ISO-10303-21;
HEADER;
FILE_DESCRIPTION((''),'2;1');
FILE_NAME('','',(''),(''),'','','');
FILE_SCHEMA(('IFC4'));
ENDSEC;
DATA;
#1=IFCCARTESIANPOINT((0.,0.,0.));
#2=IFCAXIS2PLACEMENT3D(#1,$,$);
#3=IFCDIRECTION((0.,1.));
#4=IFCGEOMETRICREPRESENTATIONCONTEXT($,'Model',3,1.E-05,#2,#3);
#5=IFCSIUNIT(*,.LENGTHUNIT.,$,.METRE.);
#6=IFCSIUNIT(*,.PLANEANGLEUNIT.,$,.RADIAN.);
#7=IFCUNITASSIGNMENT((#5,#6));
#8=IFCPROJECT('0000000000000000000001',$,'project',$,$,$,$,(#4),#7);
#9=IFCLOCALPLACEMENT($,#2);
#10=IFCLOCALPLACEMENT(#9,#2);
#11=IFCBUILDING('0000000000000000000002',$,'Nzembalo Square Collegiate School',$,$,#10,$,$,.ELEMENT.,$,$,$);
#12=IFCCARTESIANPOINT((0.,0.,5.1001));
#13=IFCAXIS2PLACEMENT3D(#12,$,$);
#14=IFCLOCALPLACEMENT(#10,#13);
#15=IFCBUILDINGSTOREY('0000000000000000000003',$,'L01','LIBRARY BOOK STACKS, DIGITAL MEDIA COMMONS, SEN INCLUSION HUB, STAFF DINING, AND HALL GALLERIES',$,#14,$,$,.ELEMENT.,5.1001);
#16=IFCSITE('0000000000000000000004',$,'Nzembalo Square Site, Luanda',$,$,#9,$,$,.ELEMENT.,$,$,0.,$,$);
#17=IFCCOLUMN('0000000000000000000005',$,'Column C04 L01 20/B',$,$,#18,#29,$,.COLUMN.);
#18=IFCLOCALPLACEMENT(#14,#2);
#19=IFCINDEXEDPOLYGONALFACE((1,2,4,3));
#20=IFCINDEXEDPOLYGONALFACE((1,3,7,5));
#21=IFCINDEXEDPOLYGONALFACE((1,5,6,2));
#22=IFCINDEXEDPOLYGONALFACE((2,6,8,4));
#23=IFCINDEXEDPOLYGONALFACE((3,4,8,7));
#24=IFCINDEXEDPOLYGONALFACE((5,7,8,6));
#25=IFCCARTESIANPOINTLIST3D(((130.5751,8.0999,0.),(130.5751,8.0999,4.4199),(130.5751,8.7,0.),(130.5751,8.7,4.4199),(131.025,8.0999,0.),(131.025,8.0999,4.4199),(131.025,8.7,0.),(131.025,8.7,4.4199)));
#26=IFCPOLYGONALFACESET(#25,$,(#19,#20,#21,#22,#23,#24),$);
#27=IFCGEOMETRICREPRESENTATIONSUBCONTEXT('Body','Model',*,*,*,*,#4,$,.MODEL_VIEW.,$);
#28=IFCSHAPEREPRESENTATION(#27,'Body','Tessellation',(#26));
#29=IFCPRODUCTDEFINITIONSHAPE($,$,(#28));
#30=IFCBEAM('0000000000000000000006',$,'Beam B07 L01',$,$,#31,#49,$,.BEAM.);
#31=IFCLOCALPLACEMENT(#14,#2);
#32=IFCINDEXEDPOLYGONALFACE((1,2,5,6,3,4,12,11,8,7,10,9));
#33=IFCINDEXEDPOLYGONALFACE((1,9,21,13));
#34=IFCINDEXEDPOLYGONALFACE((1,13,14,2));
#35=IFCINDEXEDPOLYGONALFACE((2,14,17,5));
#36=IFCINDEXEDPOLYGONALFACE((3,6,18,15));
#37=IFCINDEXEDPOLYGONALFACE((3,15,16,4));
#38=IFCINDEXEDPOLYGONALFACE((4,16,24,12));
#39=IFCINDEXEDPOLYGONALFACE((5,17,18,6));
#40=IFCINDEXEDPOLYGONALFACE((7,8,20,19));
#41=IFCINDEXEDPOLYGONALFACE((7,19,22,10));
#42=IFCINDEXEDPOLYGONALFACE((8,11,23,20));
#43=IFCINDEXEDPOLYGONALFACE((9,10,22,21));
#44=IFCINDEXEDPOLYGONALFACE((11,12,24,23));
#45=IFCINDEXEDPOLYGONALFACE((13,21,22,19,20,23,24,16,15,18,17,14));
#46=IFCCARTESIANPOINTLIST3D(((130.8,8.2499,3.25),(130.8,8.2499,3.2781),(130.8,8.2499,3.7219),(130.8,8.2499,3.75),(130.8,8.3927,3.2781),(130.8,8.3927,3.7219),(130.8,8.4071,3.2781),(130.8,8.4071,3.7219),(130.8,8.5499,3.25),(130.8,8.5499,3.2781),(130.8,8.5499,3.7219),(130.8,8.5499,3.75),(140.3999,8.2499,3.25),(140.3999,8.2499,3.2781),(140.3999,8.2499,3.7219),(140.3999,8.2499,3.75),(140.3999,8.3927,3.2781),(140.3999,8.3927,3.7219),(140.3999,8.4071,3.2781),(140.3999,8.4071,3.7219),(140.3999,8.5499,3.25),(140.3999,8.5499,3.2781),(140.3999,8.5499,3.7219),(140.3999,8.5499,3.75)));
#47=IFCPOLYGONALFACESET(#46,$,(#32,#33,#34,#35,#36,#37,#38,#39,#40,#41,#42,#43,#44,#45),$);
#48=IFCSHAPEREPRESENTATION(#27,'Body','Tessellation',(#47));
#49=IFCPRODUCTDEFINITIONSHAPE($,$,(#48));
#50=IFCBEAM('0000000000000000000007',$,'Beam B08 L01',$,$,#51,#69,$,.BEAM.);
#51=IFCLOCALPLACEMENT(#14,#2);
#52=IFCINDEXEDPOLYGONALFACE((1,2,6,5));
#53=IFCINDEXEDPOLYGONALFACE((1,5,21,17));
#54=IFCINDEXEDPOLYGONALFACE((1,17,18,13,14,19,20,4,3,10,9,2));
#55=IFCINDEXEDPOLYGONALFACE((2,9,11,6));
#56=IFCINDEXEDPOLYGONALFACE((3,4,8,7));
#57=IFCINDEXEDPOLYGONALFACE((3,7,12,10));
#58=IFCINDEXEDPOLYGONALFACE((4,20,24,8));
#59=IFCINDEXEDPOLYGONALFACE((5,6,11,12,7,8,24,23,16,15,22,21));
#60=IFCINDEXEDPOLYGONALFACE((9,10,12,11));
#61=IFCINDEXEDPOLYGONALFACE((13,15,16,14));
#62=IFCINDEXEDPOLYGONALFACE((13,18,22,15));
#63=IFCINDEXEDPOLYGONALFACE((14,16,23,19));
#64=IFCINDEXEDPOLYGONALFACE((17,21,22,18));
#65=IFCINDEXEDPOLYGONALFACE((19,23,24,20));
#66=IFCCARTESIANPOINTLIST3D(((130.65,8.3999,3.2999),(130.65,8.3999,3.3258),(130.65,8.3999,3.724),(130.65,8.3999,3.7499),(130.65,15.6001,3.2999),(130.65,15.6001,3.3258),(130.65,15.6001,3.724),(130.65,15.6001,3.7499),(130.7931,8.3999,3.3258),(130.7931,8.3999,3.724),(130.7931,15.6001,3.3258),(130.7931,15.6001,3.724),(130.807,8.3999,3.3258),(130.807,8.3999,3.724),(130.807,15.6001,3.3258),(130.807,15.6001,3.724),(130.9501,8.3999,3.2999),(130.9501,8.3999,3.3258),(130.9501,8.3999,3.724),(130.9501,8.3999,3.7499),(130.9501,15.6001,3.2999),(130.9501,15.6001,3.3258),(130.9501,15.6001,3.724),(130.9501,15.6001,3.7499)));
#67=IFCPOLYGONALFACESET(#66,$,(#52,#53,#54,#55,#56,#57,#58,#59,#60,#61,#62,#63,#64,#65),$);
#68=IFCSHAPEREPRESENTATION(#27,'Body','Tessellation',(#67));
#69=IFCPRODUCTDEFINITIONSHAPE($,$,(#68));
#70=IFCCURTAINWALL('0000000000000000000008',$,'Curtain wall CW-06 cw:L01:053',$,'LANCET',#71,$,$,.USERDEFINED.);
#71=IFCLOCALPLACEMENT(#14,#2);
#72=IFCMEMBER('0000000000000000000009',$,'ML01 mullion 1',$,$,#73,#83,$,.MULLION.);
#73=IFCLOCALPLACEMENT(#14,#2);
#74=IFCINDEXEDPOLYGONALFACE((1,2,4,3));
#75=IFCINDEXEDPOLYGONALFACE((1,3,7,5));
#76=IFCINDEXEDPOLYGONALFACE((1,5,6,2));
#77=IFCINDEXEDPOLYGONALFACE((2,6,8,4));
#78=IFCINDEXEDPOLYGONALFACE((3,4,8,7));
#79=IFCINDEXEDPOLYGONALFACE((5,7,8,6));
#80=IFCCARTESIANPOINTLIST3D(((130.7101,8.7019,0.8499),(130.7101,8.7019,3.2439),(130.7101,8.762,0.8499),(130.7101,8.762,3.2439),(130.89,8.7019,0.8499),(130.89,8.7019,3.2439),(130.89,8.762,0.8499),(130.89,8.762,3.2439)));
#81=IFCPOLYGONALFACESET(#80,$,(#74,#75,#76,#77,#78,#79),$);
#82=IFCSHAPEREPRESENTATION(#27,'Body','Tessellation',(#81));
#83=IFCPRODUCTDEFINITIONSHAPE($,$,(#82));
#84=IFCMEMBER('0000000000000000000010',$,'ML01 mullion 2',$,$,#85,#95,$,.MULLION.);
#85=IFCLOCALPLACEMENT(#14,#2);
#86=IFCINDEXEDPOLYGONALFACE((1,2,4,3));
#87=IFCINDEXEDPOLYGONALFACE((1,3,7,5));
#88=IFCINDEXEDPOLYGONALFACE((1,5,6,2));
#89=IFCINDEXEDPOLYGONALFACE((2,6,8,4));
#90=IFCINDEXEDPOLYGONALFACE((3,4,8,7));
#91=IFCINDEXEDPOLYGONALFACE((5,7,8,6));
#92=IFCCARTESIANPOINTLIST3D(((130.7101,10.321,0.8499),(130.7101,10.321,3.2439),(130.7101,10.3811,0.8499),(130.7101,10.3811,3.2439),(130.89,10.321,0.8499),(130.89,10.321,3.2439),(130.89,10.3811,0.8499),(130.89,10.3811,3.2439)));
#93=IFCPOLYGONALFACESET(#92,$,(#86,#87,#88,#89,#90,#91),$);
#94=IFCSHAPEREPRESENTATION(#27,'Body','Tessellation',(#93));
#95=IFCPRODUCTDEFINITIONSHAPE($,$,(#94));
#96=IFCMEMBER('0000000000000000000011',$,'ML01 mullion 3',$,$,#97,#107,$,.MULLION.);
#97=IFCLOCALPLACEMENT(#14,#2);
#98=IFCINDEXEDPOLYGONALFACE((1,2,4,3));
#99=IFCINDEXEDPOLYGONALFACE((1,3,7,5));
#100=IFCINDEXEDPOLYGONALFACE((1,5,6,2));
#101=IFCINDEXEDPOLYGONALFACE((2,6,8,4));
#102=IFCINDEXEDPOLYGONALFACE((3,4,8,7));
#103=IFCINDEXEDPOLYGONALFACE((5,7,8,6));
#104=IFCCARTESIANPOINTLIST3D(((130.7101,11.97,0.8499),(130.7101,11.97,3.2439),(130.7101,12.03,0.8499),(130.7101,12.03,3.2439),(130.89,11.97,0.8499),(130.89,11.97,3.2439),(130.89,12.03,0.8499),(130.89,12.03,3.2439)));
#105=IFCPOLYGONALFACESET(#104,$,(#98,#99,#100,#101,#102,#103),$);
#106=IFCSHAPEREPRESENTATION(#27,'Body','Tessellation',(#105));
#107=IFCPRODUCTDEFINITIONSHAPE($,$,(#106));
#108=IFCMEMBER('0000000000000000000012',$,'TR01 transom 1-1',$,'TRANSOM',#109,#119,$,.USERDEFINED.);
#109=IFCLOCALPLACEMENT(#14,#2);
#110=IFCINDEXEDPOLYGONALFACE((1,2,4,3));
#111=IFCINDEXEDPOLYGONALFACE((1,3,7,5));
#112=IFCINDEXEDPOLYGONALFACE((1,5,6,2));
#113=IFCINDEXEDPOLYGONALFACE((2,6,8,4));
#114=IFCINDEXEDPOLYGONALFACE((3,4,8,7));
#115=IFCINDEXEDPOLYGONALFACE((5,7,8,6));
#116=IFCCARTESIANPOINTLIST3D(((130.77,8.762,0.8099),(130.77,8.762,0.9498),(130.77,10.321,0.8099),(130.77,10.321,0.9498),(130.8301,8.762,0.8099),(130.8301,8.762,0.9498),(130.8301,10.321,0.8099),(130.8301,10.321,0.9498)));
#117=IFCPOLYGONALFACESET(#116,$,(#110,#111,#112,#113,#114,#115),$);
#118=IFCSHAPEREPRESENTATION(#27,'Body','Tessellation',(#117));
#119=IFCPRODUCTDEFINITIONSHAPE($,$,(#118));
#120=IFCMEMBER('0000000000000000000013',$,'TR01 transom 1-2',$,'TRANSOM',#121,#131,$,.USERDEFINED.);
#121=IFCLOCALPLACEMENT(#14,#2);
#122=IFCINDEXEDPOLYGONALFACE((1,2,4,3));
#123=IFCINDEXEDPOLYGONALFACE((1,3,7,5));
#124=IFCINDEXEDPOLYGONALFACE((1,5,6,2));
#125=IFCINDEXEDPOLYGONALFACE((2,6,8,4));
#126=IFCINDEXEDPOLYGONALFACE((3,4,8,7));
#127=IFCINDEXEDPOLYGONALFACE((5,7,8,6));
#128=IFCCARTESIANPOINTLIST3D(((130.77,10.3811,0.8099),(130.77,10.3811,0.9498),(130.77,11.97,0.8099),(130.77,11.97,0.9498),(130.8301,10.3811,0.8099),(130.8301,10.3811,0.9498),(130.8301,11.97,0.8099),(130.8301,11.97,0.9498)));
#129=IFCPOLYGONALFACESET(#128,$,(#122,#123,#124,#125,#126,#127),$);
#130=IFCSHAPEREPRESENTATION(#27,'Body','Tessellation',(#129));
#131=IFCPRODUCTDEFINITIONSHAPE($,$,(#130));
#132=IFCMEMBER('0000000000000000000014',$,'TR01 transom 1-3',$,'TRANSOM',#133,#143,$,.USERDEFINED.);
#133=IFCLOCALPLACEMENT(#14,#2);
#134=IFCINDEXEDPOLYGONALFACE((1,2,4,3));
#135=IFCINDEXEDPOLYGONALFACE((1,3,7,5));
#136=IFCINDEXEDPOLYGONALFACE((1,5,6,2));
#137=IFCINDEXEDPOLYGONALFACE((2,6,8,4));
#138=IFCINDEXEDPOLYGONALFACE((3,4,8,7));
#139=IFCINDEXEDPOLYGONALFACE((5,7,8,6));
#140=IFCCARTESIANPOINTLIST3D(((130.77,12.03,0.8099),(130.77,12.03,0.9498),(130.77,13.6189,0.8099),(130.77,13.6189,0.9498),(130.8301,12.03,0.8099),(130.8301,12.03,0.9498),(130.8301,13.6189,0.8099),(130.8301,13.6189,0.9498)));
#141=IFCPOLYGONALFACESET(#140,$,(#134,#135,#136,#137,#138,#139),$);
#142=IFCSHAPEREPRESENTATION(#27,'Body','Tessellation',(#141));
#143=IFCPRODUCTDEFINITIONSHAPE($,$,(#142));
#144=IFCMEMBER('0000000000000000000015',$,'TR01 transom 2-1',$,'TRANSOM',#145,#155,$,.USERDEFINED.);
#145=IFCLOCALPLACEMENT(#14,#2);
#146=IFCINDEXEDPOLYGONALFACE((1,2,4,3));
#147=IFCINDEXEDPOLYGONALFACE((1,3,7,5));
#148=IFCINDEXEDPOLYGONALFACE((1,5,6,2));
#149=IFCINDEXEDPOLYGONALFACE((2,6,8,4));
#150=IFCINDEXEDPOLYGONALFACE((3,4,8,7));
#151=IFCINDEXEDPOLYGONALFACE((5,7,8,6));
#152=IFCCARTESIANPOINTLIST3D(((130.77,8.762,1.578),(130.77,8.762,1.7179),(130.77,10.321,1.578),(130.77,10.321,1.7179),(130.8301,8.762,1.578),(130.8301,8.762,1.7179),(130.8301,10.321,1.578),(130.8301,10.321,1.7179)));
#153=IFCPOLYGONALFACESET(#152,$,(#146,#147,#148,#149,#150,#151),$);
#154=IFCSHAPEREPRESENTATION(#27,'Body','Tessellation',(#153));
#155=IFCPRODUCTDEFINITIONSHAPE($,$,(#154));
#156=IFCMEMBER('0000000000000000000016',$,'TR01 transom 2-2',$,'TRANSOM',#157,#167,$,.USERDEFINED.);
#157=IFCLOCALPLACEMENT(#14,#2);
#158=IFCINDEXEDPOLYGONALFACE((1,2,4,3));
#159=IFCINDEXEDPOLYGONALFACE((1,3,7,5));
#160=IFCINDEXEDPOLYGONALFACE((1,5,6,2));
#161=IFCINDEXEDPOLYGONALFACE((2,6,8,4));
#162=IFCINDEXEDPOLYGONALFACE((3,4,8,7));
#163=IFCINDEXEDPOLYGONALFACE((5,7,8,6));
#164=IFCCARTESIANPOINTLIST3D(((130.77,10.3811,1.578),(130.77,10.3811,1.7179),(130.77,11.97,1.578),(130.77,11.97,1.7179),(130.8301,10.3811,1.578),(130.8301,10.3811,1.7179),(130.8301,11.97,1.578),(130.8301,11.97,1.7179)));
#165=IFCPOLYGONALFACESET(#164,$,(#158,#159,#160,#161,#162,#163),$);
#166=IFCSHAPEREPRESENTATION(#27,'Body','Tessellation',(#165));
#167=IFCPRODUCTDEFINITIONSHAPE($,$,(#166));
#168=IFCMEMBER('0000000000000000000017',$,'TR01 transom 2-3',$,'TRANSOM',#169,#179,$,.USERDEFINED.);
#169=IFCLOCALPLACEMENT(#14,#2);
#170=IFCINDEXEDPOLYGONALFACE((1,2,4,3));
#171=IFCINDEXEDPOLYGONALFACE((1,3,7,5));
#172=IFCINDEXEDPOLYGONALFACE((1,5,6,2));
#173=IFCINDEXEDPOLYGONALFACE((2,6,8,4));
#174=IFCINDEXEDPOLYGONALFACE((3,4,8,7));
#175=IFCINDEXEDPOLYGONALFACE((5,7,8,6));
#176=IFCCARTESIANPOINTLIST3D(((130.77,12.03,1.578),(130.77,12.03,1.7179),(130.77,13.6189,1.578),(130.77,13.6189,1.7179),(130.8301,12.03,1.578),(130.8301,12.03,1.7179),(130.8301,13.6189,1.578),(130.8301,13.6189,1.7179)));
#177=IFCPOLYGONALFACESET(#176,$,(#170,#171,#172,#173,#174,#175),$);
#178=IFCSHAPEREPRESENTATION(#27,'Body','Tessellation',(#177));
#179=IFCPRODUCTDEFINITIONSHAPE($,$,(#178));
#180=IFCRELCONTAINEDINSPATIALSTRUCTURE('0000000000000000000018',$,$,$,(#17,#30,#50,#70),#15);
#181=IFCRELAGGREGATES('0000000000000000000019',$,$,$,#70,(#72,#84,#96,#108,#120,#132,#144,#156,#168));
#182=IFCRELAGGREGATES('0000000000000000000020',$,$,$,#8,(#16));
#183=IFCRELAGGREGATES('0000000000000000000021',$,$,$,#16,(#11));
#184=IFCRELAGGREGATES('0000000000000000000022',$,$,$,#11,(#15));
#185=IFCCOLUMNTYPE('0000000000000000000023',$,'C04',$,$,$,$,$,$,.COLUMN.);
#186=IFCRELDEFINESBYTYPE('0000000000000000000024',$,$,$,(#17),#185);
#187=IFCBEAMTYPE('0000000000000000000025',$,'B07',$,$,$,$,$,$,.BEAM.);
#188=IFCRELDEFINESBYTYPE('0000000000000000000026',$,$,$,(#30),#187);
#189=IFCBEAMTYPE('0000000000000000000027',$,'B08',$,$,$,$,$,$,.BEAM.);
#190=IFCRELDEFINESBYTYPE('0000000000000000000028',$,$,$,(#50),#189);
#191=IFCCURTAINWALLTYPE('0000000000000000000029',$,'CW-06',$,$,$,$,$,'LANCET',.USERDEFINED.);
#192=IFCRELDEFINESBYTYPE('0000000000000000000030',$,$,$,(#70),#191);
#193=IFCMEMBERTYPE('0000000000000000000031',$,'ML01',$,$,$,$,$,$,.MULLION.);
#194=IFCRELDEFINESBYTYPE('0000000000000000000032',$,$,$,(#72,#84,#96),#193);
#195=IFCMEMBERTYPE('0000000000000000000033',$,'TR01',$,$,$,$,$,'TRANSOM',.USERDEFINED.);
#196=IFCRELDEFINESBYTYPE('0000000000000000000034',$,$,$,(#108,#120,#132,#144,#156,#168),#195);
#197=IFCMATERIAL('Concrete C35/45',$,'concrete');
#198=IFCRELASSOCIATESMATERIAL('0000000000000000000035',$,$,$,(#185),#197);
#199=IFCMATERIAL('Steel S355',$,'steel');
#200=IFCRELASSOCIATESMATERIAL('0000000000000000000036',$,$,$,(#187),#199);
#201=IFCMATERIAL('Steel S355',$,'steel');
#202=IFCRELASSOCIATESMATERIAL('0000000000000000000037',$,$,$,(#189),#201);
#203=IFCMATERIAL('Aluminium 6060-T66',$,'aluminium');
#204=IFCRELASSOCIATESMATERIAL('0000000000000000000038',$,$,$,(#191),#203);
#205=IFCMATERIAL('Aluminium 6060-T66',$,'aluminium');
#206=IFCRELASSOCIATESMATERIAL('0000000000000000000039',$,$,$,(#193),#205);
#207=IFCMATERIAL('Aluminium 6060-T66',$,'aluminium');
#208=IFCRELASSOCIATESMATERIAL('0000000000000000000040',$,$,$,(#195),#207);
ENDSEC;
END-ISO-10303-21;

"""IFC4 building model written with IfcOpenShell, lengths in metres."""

from ifc_helpers import new_model, si_unit, direction, frame, origin, origin_2d, place, context, subcontext, project, spatial, rectangle, i_section, extrude, material, material_profile, profile_set, type_object, element, aggregate, save


model = new_model("IFC4")

# Units and contexts
model_context = context("Model", 3, precision=1e-05, world=origin(), true_north=direction((0.0, 1.0)))
body_context = subcontext(model_context, "Body", "Model", "MODEL_VIEW")
ifc_project = project(units=[si_unit("LENGTHUNIT", "METRE"), si_unit("PLANEANGLEUNIT", "RADIAN")], contexts=[model_context])

# Site, building, storey
site_placement = place(None, origin())
site = spatial("IfcSite", under=ifc_project, at=site_placement, Name="Nzembalo Square Site, Luanda", CompositionType="ELEMENT", RefElevation=0.0)
building_placement = place(site_placement, origin())
building = spatial("IfcBuilding", under=site, at=building_placement, Name="Nzembalo Square Collegiate School", CompositionType="ELEMENT")
storey_placement = place(building_placement, frame((0.0, 0.0, 5.1001)))
storey = spatial("IfcBuildingStorey", under=building, at=storey_placement, Name="L01", Description="LIBRARY BOOK STACKS, DIGITAL MEDIA COMMONS, SEN INCLUSION HUB, STAFF DINING, AND HALL GALLERIES", CompositionType="ELEMENT", Elevation=5.1001)

# Column
ifc_material_1 = material(Name="Concrete C35/45", Category="concrete")
ifc_material_profile_1 = material_profile(ifc_material_1, rectangle(XDim=0.45, YDim=0.6001, at=origin_2d()), Name="RC 450x600")
ifc_profile_set_1 = profile_set([ifc_material_profile_1], Name="Concrete C35/45")
column_type = type_object("IfcColumnType", Name="C04", PredefinedType="COLUMN", material=ifc_profile_set_1)
column_placement = place(storey_placement, frame((130.8, 8.3999, 0.0), z_axis=(0.0, 0.0, 1.0), x_axis=(1.0, 0.0, 0.0)))
element("IfcColumn", 1, at=column_placement, inside=storey, type_object=column_type, Name="Column C04 L01 20/B", PredefinedType="COLUMN", context=body_context, shape_type="SweptSolid", body=[
    extrude(rectangle(XDim=0.45, YDim=0.6001, at=origin_2d()), origin(), (0.0, 0.0, 1.0), 4.4199),
])

# Beams
ifc_material_2 = material(Name="Steel S355", Category="steel")
ifc_material_profile_2 = material_profile(ifc_material_2, i_section(OverallWidth=0.3, OverallDepth=0.5, WebThickness=0.0144, FlangeThickness=0.0281, at=origin_2d()), Name="HEB 500")
ifc_profile_set_2 = profile_set([ifc_material_profile_2], Name="Steel S355")
beam_type_1 = type_object("IfcBeamType", Name="B07", PredefinedType="BEAM", material=ifc_profile_set_2)
beam_1_placement = place(storey_placement, frame((130.8, 8.3999, 3.5), z_axis=(1.0, 0.0, 0.0), x_axis=(0.0, 1.0, 0.0)))
element("IfcBeam", 2, at=beam_1_placement, inside=storey, type_object=beam_type_1, Name="Beam B07 L01", PredefinedType="BEAM", context=body_context, shape_type="SweptSolid", body=[
    extrude(i_section(OverallWidth=0.3, OverallDepth=0.5, WebThickness=0.0144, FlangeThickness=0.0281, at=origin_2d()), origin(), (0.0, 0.0, 1.0), 9.5999),
])
ifc_material_3 = material(Name="Steel S355", Category="steel")
ifc_material_profile_3 = material_profile(ifc_material_3, i_section(OverallWidth=0.3, OverallDepth=0.45, WebThickness=0.0139, FlangeThickness=0.0259, at=origin_2d()), Name="HEB 450")
ifc_profile_set_3 = profile_set([ifc_material_profile_3], Name="Steel S355")
beam_type_2 = type_object("IfcBeamType", Name="B08", PredefinedType="BEAM", material=ifc_profile_set_3)
beam_2_placement = place(storey_placement, frame((130.8, 8.3999, 3.5249), z_axis=(0.0, 1.0, 0.0), x_axis=(-1.0, 0.0, 0.0)))
element("IfcBeam", 3, at=beam_2_placement, inside=storey, type_object=beam_type_2, Name="Beam B08 L01", PredefinedType="BEAM", context=body_context, shape_type="SweptSolid", body=[
    extrude(i_section(OverallWidth=0.3, OverallDepth=0.45, WebThickness=0.0139, FlangeThickness=0.0259, at=origin_2d()), origin(), (0.0, 0.0, 1.0), 7.2002),
])

# Curtain wall, members
ifc_material_4 = material(Name="Aluminium 6060-T66", Category="aluminium")
curtain_wall_type = type_object("IfcCurtainWallType", Name="CW-06", ElementType="LANCET", PredefinedType="USERDEFINED", material=ifc_material_4)
curtain_wall_placement = place(storey_placement, origin())
curtain_wall = element("IfcCurtainWall", 4, at=curtain_wall_placement, inside=storey, type_object=curtain_wall_type, Name="Curtain wall CW-06 cw:L01:053", ObjectType="LANCET", PredefinedType="USERDEFINED")
ifc_material_5 = material(Name="Aluminium 6060-T66", Category="aluminium")
ifc_material_profile_4 = material_profile(ifc_material_5, rectangle(XDim=0.0601, YDim=0.1799, at=origin_2d()), Name="ALU M60x180")
ifc_profile_set_4 = profile_set([ifc_material_profile_4], Name="Aluminium 6060-T66")
member_type_1 = type_object("IfcMemberType", Name="ML01", PredefinedType="MULLION", material=ifc_profile_set_4)
member_1_placement = place(storey_placement, frame((130.8, 8.7319, 0.8499), z_axis=(0.0, 0.0, 1.0), x_axis=(0.0, 1.0, 0.0)))
member_1 = element("IfcMember", 5, at=member_1_placement, type_object=member_type_1, Name="ML01 mullion 1", PredefinedType="MULLION", context=body_context, shape_type="SweptSolid", body=[
    extrude(rectangle(XDim=0.0601, YDim=0.1799, at=origin_2d()), origin(), (0.0, 0.0, 1.0), 2.394),
])
member_2_placement = place(storey_placement, frame((130.8, 10.3511, 0.8499), z_axis=(0.0, 0.0, 1.0), x_axis=(0.0, 1.0, 0.0)))
member_2 = element("IfcMember", 6, at=member_2_placement, type_object=member_type_1, Name="ML01 mullion 2", PredefinedType="MULLION", context=body_context, shape_type="SweptSolid", body=[
    extrude(rectangle(XDim=0.0601, YDim=0.1799, at=origin_2d()), origin(), (0.0, 0.0, 1.0), 2.394),
])
member_3_placement = place(storey_placement, frame((130.8, 12.0, 0.8499), z_axis=(0.0, 0.0, 1.0), x_axis=(0.0, 1.0, 0.0)))
member_3 = element("IfcMember", 7, at=member_3_placement, type_object=member_type_1, Name="ML01 mullion 3", PredefinedType="MULLION", context=body_context, shape_type="SweptSolid", body=[
    extrude(rectangle(XDim=0.0601, YDim=0.1799, at=origin_2d()), origin(), (0.0, 0.0, 1.0), 2.394),
])
ifc_material_6 = material(Name="Aluminium 6060-T66", Category="aluminium")
ifc_material_profile_5 = material_profile(ifc_material_6, rectangle(XDim=0.0601, YDim=0.1399, at=origin_2d()), Name="ALU T60x140")
ifc_profile_set_5 = profile_set([ifc_material_profile_5], Name="Aluminium 6060-T66")
member_type_2 = type_object("IfcMemberType", Name="TR01", ElementType="TRANSOM", PredefinedType="USERDEFINED", material=ifc_profile_set_5)
member_4_placement = place(storey_placement, frame((130.8, 8.762, 0.8799), z_axis=(0.0, 1.0, 0.0), x_axis=(-1.0, 0.0, 0.0)))
member_4 = element("IfcMember", 8, at=member_4_placement, type_object=member_type_2, Name="TR01 transom 1-1", ObjectType="TRANSOM", PredefinedType="USERDEFINED", context=body_context, shape_type="SweptSolid", body=[
    extrude(rectangle(XDim=0.0601, YDim=0.1399, at=origin_2d()), origin(), (0.0, 0.0, 1.0), 1.5591),
])
member_5_placement = place(storey_placement, frame((130.8, 10.3811, 0.8799), z_axis=(0.0, 1.0, 0.0), x_axis=(-1.0, 0.0, 0.0)))
member_5 = element("IfcMember", 9, at=member_5_placement, type_object=member_type_2, Name="TR01 transom 1-2", ObjectType="TRANSOM", PredefinedType="USERDEFINED", context=body_context, shape_type="SweptSolid", body=[
    extrude(rectangle(XDim=0.0601, YDim=0.1399, at=origin_2d()), origin(), (0.0, 0.0, 1.0), 1.5889),
])
member_6_placement = place(storey_placement, frame((130.8, 12.03, 0.8799), z_axis=(0.0, 1.0, 0.0), x_axis=(-1.0, 0.0, 0.0)))
member_6 = element("IfcMember", 10, at=member_6_placement, type_object=member_type_2, Name="TR01 transom 1-3", ObjectType="TRANSOM", PredefinedType="USERDEFINED", context=body_context, shape_type="SweptSolid", body=[
    extrude(rectangle(XDim=0.0601, YDim=0.1399, at=origin_2d()), origin(), (0.0, 0.0, 1.0), 1.5889),
])
member_7_placement = place(storey_placement, frame((130.8, 8.762, 1.6479), z_axis=(0.0, 1.0, 0.0), x_axis=(-1.0, 0.0, 0.0)))
member_7 = element("IfcMember", 11, at=member_7_placement, type_object=member_type_2, Name="TR01 transom 2-1", ObjectType="TRANSOM", PredefinedType="USERDEFINED", context=body_context, shape_type="SweptSolid", body=[
    extrude(rectangle(XDim=0.0601, YDim=0.1399, at=origin_2d()), origin(), (0.0, 0.0, 1.0), 1.5591),
])
member_8_placement = place(storey_placement, frame((130.8, 10.3811, 1.6479), z_axis=(0.0, 1.0, 0.0), x_axis=(-1.0, 0.0, 0.0)))
member_8 = element("IfcMember", 12, at=member_8_placement, type_object=member_type_2, Name="TR01 transom 2-2", ObjectType="TRANSOM", PredefinedType="USERDEFINED", context=body_context, shape_type="SweptSolid", body=[
    extrude(rectangle(XDim=0.0601, YDim=0.1399, at=origin_2d()), origin(), (0.0, 0.0, 1.0), 1.5889),
])
member_9_placement = place(storey_placement, frame((130.8, 12.03, 1.6479), z_axis=(0.0, 1.0, 0.0), x_axis=(-1.0, 0.0, 0.0)))
member_9 = element("IfcMember", 13, at=member_9_placement, type_object=member_type_2, Name="TR01 transom 2-3", ObjectType="TRANSOM", PredefinedType="USERDEFINED", context=body_context, shape_type="SweptSolid", body=[
    extrude(rectangle(XDim=0.0601, YDim=0.1399, at=origin_2d()), origin(), (0.0, 0.0, 1.0), 1.5889),
])
aggregate(curtain_wall, [member_1, member_2, member_3, member_4, member_5, member_6, member_7, member_8, member_9])

save(model, "model.ifc")
